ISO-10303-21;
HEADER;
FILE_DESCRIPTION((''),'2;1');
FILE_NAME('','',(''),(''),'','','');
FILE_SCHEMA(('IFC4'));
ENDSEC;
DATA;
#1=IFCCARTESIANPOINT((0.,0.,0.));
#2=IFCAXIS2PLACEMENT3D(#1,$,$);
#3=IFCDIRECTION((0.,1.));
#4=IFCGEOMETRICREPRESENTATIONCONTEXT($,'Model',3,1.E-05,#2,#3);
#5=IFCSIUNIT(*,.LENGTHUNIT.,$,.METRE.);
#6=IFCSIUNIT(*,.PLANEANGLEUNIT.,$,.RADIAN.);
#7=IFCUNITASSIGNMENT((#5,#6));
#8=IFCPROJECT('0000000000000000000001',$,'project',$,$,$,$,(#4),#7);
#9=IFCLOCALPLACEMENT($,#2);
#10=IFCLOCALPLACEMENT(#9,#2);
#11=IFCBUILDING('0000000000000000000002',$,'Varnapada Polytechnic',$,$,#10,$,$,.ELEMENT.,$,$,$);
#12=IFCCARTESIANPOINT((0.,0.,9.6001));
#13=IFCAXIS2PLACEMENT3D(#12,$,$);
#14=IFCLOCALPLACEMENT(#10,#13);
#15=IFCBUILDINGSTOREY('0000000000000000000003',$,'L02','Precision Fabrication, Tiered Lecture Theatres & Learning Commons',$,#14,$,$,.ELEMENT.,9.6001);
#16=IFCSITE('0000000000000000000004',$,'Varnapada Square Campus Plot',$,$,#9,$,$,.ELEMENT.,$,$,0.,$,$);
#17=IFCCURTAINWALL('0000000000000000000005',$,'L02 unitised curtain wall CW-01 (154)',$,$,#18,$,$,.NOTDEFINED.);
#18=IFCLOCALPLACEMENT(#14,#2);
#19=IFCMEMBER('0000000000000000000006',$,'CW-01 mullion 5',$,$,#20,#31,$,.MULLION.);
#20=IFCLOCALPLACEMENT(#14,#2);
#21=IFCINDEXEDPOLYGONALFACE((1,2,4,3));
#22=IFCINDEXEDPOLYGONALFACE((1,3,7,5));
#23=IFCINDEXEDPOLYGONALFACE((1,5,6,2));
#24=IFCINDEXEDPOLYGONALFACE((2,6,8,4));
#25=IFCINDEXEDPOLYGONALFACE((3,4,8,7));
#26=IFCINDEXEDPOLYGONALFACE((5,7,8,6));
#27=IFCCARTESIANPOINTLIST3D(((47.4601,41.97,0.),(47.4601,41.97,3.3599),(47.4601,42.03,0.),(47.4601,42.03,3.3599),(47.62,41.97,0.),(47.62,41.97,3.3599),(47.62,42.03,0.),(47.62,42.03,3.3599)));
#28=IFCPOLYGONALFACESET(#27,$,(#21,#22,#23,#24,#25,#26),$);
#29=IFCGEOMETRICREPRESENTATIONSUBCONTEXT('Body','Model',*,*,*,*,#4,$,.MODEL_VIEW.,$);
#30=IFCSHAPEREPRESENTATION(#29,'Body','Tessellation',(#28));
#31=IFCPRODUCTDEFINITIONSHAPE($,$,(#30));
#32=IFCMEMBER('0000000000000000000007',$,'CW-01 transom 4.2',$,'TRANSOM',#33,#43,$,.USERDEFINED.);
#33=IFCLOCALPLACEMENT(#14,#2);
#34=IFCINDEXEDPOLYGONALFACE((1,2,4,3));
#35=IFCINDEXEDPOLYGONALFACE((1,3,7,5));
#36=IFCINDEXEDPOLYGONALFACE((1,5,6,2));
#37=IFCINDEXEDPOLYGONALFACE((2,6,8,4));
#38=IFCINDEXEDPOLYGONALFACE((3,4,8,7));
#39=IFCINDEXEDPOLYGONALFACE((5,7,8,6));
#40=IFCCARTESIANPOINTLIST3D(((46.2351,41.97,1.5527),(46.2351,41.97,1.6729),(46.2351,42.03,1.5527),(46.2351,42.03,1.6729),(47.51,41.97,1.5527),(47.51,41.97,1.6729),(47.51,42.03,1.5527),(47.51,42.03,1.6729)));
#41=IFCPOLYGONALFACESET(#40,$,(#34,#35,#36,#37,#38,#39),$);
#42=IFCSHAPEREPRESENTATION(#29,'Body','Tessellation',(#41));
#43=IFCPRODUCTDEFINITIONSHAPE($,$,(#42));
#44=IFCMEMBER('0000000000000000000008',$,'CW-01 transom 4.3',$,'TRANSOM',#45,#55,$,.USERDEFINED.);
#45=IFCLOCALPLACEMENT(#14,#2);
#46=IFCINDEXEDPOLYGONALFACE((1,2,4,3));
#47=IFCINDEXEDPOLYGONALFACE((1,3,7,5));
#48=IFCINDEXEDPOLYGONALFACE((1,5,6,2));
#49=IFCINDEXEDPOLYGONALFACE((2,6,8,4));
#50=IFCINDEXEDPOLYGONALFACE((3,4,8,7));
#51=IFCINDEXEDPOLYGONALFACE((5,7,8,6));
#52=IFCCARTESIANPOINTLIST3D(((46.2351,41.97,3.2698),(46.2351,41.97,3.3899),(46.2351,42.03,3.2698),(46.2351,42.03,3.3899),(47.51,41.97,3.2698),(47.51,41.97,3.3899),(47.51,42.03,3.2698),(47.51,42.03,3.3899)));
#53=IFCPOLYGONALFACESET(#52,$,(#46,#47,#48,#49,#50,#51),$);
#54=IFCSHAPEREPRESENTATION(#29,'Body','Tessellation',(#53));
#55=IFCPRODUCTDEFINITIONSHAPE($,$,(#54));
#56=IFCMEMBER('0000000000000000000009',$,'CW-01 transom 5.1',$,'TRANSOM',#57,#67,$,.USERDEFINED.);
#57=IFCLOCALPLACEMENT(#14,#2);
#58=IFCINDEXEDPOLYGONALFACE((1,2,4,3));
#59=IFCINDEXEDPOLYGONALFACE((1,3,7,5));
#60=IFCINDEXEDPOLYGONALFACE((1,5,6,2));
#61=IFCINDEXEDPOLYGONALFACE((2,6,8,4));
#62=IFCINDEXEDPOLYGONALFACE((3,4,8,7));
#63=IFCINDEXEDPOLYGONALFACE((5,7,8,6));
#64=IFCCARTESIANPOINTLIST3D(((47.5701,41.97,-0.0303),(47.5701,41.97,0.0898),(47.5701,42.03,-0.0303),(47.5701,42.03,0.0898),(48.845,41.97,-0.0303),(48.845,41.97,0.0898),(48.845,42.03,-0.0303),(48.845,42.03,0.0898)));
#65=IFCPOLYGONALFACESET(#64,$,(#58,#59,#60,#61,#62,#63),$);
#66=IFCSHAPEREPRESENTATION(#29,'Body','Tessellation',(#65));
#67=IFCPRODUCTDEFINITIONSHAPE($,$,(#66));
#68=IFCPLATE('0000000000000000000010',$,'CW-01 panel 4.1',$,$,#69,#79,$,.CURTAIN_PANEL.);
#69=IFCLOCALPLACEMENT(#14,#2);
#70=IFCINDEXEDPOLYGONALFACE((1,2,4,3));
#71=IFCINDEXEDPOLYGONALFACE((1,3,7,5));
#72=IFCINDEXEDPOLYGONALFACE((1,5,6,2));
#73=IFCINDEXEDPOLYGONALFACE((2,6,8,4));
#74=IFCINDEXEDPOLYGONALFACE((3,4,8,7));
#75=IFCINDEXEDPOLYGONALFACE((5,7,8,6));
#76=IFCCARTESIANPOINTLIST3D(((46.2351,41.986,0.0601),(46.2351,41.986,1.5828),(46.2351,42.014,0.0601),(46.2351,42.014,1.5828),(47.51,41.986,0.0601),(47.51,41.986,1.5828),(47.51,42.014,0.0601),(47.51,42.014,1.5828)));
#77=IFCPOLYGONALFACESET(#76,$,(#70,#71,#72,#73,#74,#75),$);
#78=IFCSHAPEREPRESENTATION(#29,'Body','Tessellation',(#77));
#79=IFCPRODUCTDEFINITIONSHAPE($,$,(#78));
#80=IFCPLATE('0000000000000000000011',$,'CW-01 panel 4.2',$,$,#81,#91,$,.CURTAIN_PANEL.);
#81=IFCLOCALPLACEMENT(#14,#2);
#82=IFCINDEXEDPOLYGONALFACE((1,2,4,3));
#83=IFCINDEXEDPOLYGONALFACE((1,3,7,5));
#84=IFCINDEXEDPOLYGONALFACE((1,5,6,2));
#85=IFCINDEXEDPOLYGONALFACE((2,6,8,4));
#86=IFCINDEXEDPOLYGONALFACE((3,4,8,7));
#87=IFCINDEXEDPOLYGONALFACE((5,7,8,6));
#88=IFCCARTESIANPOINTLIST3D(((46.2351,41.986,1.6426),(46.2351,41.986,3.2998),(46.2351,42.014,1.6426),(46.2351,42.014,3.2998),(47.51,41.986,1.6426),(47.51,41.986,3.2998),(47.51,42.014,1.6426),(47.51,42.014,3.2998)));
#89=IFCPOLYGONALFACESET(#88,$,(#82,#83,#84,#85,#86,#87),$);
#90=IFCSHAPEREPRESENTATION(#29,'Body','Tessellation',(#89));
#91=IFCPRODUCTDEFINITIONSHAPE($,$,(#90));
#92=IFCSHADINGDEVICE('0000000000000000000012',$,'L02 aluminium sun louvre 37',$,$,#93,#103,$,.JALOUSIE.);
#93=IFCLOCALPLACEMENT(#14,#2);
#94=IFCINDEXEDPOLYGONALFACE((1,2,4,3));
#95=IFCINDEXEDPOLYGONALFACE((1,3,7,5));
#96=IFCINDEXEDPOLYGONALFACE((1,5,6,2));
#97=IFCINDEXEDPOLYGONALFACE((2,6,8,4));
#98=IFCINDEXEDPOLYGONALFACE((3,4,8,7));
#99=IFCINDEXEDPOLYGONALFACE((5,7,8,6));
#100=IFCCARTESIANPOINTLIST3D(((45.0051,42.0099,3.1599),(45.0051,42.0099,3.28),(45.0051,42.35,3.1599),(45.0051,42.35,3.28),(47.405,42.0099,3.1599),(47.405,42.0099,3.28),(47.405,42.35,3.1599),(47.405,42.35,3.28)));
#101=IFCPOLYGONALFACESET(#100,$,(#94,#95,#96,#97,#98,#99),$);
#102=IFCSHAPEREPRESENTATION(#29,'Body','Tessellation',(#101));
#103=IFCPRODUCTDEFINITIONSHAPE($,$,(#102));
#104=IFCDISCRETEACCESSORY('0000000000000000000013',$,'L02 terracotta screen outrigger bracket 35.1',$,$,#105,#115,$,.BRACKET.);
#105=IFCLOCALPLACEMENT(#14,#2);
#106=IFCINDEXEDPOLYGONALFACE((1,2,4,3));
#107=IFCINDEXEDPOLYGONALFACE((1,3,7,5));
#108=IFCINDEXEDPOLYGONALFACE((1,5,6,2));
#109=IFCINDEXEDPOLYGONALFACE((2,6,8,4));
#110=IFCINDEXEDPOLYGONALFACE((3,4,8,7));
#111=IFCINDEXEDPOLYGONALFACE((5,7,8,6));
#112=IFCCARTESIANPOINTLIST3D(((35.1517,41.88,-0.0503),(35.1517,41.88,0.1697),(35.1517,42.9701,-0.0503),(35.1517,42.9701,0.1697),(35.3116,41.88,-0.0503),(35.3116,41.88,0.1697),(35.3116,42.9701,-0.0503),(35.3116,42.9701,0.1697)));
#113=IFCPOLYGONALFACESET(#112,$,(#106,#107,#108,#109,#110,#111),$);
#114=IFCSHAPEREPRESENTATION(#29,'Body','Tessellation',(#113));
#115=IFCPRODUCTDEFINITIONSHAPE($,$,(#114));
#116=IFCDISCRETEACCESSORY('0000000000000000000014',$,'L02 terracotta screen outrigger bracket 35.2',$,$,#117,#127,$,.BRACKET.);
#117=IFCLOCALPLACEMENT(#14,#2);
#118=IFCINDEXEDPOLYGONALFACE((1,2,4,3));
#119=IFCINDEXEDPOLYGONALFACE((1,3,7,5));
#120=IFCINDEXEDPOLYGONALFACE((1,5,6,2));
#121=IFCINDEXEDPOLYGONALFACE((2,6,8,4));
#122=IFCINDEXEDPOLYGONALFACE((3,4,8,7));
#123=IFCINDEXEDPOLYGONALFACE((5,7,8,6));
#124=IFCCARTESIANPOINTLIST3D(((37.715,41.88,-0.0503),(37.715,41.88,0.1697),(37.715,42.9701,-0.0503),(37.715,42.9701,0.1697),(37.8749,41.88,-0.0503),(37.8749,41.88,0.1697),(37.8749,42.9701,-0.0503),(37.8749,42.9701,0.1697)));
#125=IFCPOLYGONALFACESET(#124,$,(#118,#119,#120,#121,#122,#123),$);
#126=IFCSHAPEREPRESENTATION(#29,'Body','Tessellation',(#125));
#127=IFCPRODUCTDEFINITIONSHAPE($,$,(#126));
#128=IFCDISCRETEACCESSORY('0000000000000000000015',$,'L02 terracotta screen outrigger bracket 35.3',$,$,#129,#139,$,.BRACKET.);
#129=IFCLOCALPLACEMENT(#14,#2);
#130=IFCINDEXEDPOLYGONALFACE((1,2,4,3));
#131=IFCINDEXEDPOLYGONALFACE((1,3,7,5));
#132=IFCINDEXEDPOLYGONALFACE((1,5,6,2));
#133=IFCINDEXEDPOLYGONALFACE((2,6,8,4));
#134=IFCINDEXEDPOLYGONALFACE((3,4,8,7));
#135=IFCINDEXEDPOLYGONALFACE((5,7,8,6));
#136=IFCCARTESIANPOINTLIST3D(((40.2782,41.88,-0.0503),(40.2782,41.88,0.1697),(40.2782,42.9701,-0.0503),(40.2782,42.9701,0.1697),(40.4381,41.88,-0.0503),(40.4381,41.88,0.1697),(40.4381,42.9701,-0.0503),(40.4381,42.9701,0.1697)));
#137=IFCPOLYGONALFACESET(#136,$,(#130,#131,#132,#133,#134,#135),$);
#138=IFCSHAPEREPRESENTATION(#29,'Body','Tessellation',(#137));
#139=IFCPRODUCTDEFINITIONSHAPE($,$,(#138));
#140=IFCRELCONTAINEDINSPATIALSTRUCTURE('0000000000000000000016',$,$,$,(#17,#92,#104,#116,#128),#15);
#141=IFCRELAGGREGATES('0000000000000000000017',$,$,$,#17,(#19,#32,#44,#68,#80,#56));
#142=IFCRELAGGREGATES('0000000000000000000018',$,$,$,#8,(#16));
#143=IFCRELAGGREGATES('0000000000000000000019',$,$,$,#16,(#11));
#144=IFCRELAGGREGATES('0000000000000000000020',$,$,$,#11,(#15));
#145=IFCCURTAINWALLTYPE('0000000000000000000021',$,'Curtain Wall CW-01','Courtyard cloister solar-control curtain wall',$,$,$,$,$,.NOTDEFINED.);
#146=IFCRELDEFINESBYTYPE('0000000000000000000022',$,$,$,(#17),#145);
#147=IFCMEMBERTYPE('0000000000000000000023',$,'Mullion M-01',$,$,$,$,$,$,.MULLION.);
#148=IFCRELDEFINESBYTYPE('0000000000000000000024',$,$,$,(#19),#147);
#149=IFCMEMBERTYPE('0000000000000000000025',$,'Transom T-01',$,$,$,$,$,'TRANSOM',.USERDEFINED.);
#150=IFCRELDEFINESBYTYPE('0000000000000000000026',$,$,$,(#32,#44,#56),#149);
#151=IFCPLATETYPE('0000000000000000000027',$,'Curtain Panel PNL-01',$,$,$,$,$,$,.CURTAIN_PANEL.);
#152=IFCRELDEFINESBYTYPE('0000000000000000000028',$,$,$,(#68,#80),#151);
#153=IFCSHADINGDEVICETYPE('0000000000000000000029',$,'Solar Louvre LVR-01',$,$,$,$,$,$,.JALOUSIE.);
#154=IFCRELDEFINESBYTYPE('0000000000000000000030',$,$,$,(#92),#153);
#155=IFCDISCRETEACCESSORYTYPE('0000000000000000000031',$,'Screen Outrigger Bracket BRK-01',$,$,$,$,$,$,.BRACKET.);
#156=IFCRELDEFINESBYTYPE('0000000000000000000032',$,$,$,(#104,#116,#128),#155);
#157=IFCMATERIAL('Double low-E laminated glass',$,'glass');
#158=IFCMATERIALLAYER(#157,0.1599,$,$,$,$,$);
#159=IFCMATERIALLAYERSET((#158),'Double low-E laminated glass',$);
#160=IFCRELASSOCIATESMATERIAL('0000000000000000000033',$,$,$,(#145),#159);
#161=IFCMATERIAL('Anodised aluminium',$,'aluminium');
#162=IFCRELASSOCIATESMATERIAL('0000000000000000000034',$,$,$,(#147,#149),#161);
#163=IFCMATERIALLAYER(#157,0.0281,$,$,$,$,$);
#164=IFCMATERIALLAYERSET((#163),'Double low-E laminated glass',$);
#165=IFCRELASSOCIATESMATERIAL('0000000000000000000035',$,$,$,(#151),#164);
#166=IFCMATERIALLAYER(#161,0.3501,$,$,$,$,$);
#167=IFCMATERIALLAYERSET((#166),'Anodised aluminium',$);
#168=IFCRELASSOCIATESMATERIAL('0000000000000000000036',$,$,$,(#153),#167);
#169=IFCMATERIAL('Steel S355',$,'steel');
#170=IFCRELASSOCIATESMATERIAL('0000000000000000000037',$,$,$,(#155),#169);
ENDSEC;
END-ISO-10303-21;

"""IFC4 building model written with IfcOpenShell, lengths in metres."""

from ifc_helpers import new_model, si_unit, direction, frame, origin, origin_2d, place, context, subcontext, project, spatial, rectangle, extrude, material, layer, layer_set, material_profile, profile_set, type_object, element, aggregate, save


model = new_model("IFC4")

# Units and contexts
model_context = context("Model", 3, precision=1e-05, world=origin(), true_north=direction((0.0, 1.0)))
body_context = subcontext(model_context, "Body", "Model", "MODEL_VIEW")
ifc_project = project(units=[si_unit("LENGTHUNIT", "METRE"), si_unit("PLANEANGLEUNIT", "RADIAN")], contexts=[model_context])

# Site, building, storey
site_placement = place(None, origin())
site = spatial("IfcSite", under=ifc_project, at=site_placement, Name="Varnapada Square Campus Plot", CompositionType="ELEMENT", RefElevation=0.0)
building_placement = place(site_placement, origin())
building = spatial("IfcBuilding", under=site, at=building_placement, Name="Varnapada Polytechnic", CompositionType="ELEMENT")
storey_placement = place(building_placement, frame((0.0, 0.0, 9.6001)))
storey = spatial("IfcBuildingStorey", under=building, at=storey_placement, Name="L02", Description="Precision Fabrication, Tiered Lecture Theatres & Learning Commons", CompositionType="ELEMENT", Elevation=9.6001)

# Curtain wall, members, plates
ifc_material_1 = material(Name="Double low-E laminated glass", Category="glass")
ifc_layer_1 = layer(ifc_material_1, 0.1599)
ifc_layer_set_1 = layer_set([ifc_layer_1], Name="Double low-E laminated glass")
curtain_wall_type = type_object("IfcCurtainWallType", Name="Curtain Wall CW-01", Description="Courtyard cloister solar-control curtain wall", PredefinedType="NOTDEFINED", material=ifc_layer_set_1)
curtain_wall_placement = place(storey_placement, origin())
curtain_wall = element("IfcCurtainWall", 1, at=curtain_wall_placement, inside=storey, type_object=curtain_wall_type, Name="L02 unitised curtain wall CW-01 (154)", PredefinedType="NOTDEFINED")
ifc_material_2 = material(Name="Anodised aluminium", Category="aluminium")
ifc_material_profile_1 = material_profile(ifc_material_2, rectangle(XDim=0.0601, YDim=0.1599, at=origin_2d()), Name="ALU M60x160")
ifc_profile_set_1 = profile_set([ifc_material_profile_1], Name="Anodised aluminium")
member_type_1 = type_object("IfcMemberType", Name="Mullion M-01", PredefinedType="MULLION", material=ifc_profile_set_1)
member_1_placement = place(storey_placement, frame((47.54, 42.0, 0.0), z_axis=(0.0, 0.0, 1.0), x_axis=(0.0, 1.0, 0.0)))
member_1 = element("IfcMember", 2, at=member_1_placement, type_object=member_type_1, Name="CW-01 mullion 5", PredefinedType="MULLION", context=body_context, shape_type="SweptSolid", body=[
    extrude(rectangle(XDim=0.0601, YDim=0.1599, at=origin_2d()), origin(), (0.0, 0.0, 1.0), 3.3599),
])
ifc_material_profile_2 = material_profile(ifc_material_2, rectangle(XDim=0.0601, YDim=0.1201, at=origin_2d()), Name="ALU T60x120")
ifc_profile_set_2 = profile_set([ifc_material_profile_2], Name="Anodised aluminium")
member_type_2 = type_object("IfcMemberType", Name="Transom T-01", ElementType="TRANSOM", PredefinedType="USERDEFINED", material=ifc_profile_set_2)
member_2_placement = place(storey_placement, frame((46.2351, 42.0, 1.6128), z_axis=(1.0, 0.0, 0.0), x_axis=(0.0, 1.0, 0.0)))
member_2 = element("IfcMember", 3, at=member_2_placement, type_object=member_type_2, Name="CW-01 transom 4.2", ObjectType="TRANSOM", PredefinedType="USERDEFINED", context=body_context, shape_type="SweptSolid", body=[
    extrude(rectangle(XDim=0.0601, YDim=0.1201, at=origin_2d()), origin(), (0.0, 0.0, 1.0), 1.2749),
])
member_3_placement = place(storey_placement, frame((46.2351, 42.0, 3.3298), z_axis=(1.0, 0.0, 0.0), x_axis=(0.0, 1.0, 0.0)))
member_3 = element("IfcMember", 4, at=member_3_placement, type_object=member_type_2, Name="CW-01 transom 4.3", ObjectType="TRANSOM", PredefinedType="USERDEFINED", context=body_context, shape_type="SweptSolid", body=[
    extrude(rectangle(XDim=0.0601, YDim=0.1201, at=origin_2d()), origin(), (0.0, 0.0, 1.0), 1.2749),
])
member_4_placement = place(storey_placement, frame((47.5701, 42.0, 0.0298), z_axis=(1.0, 0.0, 0.0), x_axis=(0.0, 1.0, 0.0)))
member_4 = element("IfcMember", 5, at=member_4_placement, type_object=member_type_2, Name="CW-01 transom 5.1", ObjectType="TRANSOM", PredefinedType="USERDEFINED", context=body_context, shape_type="SweptSolid", body=[
    extrude(rectangle(XDim=0.0601, YDim=0.1201, at=origin_2d()), origin(), (0.0, 0.0, 1.0), 1.2749),
])
ifc_layer_2 = layer(ifc_material_1, 0.0281)
ifc_layer_set_2 = layer_set([ifc_layer_2], Name="Double low-E laminated glass")
plate_type = type_object("IfcPlateType", Name="Curtain Panel PNL-01", PredefinedType="CURTAIN_PANEL", material=ifc_layer_set_2)
plate_1_placement = place(storey_placement, frame((46.8726, 42.0, 0.0601), z_axis=(0.0, 0.0, 1.0), x_axis=(1.0, 0.0, 0.0)))
plate_1 = element("IfcPlate", 6, at=plate_1_placement, type_object=plate_type, Name="CW-01 panel 4.1", PredefinedType="CURTAIN_PANEL", context=body_context, shape_type="SweptSolid", body=[
    extrude(rectangle(XDim=1.2749, YDim=0.0281, at=origin_2d()), origin(), (0.0, 0.0, 1.0), 1.5227),
])
plate_2_placement = place(storey_placement, frame((46.8726, 42.0, 1.6426), z_axis=(0.0, 0.0, 1.0), x_axis=(1.0, 0.0, 0.0)))
plate_2 = element("IfcPlate", 7, at=plate_2_placement, type_object=plate_type, Name="CW-01 panel 4.2", PredefinedType="CURTAIN_PANEL", context=body_context, shape_type="SweptSolid", body=[
    extrude(rectangle(XDim=1.2749, YDim=0.0281, at=origin_2d()), origin(), (0.0, 0.0, 1.0), 1.6572),
])
aggregate(curtain_wall, [member_1, member_2, member_3, plate_1, plate_2, member_4])

# Shading device
ifc_layer_3 = layer(ifc_material_2, 0.3501)
ifc_layer_set_3 = layer_set([ifc_layer_3], Name="Anodised aluminium")
shading_device_type = type_object("IfcShadingDeviceType", Name="Solar Louvre LVR-01", PredefinedType="JALOUSIE", material=ifc_layer_set_3)
shading_device_placement = place(storey_placement, frame((46.2051, 42.1799, 3.1599), z_axis=(0.0, 0.0, 1.0), x_axis=(1.0, 0.0, 0.0)))
element("IfcShadingDevice", 8, at=shading_device_placement, inside=storey, type_object=shading_device_type, Name="L02 aluminium sun louvre 37", PredefinedType="JALOUSIE", context=body_context, shape_type="SweptSolid", body=[
    extrude(rectangle(XDim=2.3999, YDim=0.3401, at=origin_2d()), origin(), (0.0, 0.0, 1.0), 0.1201),
])

# Discrete accessories
ifc_material_3 = material(Name="Steel S355", Category="steel")
discrete_accessory_type = type_object("IfcDiscreteAccessoryType", Name="Screen Outrigger Bracket BRK-01", PredefinedType="BRACKET", material=ifc_material_3)
for number, where, z_axis, x_axis, name in (
    (9, (35.2317, 42.425, -0.0503), (0.0, 0.0, 1.0), (1.0, 0.0, 0.0), "L02 terracotta screen outrigger bracket 35.1"),
    (10, (37.7949, 42.425, -0.0503), (0.0, 0.0, 1.0), (1.0, 0.0, 0.0), "L02 terracotta screen outrigger bracket 35.2"),
    (11, (40.3582, 42.425, -0.0503), (0.0, 0.0, 1.0), (1.0, 0.0, 0.0), "L02 terracotta screen outrigger bracket 35.3"),
):
    element("IfcDiscreteAccessory", number, at=place(storey_placement, frame(where, z_axis=z_axis, x_axis=x_axis)), inside=storey, type_object=discrete_accessory_type, Name=name, PredefinedType="BRACKET", context=body_context, shape_type="SweptSolid", body=[
        extrude(rectangle(XDim=0.1599, YDim=1.0901, at=origin_2d()), origin(), (0.0, 0.0, 1.0), 0.22),
    ])

save(model, "model.ifc")
